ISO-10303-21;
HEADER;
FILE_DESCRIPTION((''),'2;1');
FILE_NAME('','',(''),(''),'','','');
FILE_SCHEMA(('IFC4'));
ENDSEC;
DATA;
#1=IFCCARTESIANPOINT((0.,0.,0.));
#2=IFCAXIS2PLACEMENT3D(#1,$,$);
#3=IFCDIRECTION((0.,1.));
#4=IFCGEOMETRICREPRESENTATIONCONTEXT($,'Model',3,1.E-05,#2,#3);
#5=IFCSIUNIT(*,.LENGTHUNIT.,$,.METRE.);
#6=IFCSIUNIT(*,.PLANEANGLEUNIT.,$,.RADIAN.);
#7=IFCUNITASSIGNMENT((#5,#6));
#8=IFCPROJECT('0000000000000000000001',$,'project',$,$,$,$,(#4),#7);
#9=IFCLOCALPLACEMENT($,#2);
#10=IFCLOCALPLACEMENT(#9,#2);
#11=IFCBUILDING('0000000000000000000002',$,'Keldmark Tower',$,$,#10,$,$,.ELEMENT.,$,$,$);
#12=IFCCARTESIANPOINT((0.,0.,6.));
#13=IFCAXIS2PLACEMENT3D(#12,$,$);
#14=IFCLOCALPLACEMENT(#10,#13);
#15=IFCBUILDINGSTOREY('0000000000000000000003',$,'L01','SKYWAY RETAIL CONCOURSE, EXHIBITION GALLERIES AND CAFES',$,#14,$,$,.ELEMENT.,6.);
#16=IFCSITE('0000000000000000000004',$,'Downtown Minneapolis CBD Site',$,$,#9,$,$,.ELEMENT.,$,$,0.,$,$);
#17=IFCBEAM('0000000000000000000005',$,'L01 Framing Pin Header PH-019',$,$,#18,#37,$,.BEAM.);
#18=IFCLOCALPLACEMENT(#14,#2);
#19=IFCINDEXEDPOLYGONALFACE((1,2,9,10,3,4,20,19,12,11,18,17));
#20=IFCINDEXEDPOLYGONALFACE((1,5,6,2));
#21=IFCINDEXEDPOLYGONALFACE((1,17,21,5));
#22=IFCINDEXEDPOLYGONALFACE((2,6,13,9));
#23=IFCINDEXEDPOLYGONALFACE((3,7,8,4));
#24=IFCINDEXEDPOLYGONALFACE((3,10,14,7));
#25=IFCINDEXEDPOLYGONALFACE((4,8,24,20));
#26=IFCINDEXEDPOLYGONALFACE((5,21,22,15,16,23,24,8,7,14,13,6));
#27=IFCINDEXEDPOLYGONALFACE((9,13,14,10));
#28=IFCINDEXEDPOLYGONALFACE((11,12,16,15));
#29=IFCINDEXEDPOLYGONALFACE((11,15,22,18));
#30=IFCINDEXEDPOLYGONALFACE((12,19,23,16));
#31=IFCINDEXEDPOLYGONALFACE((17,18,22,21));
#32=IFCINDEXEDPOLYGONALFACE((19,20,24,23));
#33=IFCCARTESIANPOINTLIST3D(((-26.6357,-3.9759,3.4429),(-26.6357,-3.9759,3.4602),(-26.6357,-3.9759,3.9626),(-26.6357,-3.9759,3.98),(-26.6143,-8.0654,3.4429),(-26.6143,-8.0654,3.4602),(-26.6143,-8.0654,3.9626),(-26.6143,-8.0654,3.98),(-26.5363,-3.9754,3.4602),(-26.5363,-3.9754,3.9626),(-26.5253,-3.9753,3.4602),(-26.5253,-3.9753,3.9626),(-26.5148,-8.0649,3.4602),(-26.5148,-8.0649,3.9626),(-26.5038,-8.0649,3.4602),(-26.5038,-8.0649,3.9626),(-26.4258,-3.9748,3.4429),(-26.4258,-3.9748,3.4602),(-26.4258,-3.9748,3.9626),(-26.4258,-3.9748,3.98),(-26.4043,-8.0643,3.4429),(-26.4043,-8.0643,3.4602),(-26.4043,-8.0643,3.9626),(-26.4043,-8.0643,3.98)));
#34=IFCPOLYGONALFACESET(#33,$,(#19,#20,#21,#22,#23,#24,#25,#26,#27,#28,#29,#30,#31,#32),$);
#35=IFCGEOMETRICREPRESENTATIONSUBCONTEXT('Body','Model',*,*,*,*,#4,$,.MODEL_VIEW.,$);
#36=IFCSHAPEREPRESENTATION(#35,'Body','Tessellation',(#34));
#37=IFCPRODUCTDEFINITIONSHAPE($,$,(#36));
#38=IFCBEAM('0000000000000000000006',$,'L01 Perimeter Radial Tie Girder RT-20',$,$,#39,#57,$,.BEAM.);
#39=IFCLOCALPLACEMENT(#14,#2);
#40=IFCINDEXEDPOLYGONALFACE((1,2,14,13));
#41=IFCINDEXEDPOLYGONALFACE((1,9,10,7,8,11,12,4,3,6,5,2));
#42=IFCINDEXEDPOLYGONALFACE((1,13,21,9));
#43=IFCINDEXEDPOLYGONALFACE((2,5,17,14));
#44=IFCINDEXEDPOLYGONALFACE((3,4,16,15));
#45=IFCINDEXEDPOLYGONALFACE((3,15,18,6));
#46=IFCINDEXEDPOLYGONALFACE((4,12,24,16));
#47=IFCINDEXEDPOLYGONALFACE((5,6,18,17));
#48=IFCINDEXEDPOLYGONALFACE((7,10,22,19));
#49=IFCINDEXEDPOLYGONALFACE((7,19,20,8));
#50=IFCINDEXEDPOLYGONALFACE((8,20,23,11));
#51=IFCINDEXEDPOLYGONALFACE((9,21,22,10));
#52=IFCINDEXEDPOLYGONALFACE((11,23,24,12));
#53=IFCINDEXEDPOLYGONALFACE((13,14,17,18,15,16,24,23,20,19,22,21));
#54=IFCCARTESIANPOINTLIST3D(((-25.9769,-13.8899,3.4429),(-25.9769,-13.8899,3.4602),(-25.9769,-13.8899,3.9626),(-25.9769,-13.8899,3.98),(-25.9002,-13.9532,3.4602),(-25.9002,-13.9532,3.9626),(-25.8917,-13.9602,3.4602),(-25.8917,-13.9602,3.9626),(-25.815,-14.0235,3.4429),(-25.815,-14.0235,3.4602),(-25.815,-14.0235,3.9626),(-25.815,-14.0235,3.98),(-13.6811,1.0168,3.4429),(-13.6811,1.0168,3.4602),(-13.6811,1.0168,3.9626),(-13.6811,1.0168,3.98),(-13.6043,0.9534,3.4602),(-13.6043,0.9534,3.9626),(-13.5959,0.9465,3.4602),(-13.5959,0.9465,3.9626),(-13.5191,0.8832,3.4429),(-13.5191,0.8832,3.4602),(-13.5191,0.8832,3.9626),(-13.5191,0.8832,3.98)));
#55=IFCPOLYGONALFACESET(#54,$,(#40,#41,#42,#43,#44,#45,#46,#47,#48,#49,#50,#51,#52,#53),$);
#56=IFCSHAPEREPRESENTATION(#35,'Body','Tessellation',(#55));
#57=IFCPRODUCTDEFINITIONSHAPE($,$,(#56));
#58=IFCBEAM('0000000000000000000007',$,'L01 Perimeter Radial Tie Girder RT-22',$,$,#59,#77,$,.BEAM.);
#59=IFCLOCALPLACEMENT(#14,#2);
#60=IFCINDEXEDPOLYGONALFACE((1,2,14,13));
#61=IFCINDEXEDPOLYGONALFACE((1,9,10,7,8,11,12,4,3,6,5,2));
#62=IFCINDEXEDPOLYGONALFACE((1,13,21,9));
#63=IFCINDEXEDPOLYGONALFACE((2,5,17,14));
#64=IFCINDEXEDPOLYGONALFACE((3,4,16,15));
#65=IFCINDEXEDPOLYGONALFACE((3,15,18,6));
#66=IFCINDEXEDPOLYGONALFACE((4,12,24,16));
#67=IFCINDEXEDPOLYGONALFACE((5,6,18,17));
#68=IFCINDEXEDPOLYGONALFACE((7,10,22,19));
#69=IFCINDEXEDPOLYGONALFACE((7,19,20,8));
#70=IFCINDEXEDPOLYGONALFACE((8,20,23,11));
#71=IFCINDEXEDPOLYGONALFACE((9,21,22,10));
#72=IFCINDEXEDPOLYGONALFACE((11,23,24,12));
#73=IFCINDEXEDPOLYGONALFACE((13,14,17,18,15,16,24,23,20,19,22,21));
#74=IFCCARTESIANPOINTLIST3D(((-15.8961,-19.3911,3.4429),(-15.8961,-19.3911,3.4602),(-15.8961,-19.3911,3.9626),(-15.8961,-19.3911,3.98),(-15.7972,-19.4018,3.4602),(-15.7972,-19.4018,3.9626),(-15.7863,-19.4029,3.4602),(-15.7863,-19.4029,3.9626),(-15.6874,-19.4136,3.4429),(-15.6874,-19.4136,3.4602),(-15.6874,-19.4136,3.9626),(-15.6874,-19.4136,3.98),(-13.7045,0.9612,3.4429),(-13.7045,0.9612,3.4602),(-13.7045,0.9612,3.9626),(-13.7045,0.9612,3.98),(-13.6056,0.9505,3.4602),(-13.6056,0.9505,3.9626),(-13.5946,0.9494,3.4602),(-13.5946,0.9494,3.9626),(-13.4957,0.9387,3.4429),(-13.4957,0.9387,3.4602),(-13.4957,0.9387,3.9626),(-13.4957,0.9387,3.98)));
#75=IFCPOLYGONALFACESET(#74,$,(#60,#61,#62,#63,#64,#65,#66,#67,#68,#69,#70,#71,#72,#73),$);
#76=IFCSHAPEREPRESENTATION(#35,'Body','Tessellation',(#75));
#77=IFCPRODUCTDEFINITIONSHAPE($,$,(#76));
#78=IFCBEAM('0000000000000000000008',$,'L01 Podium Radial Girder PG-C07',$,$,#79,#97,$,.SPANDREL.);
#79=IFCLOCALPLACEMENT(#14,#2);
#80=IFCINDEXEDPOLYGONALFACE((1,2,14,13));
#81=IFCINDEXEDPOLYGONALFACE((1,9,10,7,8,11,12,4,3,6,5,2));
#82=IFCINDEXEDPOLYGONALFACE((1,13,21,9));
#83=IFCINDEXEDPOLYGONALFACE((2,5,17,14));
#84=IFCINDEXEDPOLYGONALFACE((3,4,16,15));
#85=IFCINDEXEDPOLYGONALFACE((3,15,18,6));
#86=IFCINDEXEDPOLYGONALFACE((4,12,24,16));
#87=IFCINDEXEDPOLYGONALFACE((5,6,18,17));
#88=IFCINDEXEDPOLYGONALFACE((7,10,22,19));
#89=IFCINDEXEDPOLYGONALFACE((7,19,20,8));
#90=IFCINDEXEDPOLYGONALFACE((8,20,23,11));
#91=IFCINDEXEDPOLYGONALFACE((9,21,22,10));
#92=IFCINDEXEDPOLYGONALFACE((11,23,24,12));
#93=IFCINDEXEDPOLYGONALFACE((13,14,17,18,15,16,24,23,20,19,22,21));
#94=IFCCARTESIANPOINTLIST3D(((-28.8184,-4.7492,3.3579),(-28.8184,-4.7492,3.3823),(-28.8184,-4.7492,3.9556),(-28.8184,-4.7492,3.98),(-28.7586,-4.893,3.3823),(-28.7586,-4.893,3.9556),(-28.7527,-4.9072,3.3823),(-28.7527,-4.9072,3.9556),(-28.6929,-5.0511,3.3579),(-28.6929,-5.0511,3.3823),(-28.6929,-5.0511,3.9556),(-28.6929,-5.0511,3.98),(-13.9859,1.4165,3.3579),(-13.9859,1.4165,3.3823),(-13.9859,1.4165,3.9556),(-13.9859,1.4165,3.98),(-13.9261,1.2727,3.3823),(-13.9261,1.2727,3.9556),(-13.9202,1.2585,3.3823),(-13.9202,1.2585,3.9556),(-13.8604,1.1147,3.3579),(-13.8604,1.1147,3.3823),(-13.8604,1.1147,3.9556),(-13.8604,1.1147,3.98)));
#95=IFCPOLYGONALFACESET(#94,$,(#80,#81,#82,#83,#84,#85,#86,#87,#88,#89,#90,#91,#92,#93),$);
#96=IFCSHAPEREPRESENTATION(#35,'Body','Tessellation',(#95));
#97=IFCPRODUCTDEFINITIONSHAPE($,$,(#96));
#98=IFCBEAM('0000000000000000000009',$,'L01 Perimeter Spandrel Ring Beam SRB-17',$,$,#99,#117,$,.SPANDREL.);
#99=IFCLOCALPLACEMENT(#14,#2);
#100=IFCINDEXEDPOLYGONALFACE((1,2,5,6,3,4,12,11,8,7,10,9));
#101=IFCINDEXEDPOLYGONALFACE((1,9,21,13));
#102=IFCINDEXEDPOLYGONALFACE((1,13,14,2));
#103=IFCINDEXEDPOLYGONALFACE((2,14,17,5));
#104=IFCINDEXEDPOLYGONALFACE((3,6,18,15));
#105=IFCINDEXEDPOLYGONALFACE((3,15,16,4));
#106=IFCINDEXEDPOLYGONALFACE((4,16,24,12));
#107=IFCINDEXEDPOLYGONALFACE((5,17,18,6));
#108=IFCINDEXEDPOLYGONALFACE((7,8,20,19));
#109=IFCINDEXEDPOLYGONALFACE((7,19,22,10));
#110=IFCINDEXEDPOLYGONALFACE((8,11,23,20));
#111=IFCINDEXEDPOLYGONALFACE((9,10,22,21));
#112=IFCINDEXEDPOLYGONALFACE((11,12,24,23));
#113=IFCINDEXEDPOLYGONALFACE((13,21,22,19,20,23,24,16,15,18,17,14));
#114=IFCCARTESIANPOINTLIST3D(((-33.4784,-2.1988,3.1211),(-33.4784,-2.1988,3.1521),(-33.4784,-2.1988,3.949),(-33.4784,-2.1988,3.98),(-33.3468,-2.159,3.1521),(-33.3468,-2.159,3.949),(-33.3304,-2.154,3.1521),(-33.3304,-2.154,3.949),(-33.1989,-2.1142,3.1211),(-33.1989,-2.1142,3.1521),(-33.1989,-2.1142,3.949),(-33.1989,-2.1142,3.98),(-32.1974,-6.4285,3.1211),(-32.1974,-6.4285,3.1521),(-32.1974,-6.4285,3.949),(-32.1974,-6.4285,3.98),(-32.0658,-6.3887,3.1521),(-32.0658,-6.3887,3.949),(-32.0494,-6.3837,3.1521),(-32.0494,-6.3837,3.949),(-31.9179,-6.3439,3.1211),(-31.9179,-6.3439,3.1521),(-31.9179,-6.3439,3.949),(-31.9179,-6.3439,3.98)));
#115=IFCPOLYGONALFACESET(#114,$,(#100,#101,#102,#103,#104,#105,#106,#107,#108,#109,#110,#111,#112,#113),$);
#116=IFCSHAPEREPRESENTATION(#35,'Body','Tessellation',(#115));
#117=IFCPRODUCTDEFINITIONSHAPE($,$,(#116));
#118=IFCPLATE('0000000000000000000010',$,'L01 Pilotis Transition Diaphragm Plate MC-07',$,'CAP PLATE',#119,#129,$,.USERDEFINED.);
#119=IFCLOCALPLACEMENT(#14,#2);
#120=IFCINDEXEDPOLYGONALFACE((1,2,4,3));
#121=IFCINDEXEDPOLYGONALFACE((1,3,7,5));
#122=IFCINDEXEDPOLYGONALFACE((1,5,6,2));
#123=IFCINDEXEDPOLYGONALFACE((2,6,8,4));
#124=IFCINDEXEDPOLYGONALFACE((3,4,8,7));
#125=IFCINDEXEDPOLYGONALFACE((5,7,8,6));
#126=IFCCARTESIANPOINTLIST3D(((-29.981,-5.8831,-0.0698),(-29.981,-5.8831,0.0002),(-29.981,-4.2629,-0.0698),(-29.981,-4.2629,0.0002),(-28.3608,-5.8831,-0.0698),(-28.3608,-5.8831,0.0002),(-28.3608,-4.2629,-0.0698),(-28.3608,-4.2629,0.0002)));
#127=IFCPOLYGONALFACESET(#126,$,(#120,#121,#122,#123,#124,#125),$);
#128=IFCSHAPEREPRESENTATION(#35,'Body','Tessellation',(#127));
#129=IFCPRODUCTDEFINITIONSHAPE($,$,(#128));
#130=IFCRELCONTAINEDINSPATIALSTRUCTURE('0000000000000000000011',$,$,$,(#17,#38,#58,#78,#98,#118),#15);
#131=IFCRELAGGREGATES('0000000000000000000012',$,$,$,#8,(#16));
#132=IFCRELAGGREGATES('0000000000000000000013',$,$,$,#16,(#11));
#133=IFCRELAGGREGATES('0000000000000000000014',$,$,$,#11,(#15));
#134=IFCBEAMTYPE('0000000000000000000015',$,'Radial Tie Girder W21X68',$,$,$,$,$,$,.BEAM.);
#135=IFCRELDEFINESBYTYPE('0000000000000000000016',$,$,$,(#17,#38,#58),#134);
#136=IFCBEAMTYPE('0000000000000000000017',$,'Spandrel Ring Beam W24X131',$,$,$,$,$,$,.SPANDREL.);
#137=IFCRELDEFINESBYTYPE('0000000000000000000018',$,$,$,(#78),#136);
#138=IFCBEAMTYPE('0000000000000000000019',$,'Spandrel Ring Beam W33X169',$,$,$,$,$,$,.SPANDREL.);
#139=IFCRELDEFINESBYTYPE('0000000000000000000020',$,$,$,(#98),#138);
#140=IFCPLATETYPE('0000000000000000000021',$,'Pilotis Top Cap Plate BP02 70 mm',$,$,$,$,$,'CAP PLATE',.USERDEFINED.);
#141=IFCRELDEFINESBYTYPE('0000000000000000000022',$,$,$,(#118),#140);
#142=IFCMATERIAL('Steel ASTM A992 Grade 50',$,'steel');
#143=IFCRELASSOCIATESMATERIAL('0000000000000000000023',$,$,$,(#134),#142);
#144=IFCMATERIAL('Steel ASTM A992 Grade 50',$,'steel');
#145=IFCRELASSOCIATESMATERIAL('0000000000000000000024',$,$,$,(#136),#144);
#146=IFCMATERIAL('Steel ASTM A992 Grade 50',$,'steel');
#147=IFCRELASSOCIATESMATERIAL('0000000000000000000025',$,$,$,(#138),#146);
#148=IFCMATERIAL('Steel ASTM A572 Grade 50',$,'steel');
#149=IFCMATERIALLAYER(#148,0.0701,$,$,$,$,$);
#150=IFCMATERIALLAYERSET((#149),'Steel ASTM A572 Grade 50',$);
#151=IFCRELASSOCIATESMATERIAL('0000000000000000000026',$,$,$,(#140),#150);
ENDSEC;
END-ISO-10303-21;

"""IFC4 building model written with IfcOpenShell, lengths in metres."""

from ifc_helpers import new_model, si_unit, direction, frame, origin, origin_2d, place, context, subcontext, project, spatial, rectangle, i_section, extrude, material, layer, layer_set, material_profile, profile_set, type_object, element, save


model = new_model("IFC4")

# Units and contexts
model_context = context("Model", 3, precision=1e-05, world=origin(), true_north=direction((0.0, 1.0)))
body_context = subcontext(model_context, "Body", "Model", "MODEL_VIEW")
ifc_project = project(units=[si_unit("LENGTHUNIT", "METRE"), si_unit("PLANEANGLEUNIT", "RADIAN")], contexts=[model_context])

# Site, building, storey
site_placement = place(None, origin())
site = spatial("IfcSite", under=ifc_project, at=site_placement, Name="Downtown Minneapolis CBD Site", CompositionType="ELEMENT", RefElevation=0.0)
building_placement = place(site_placement, origin())
building = spatial("IfcBuilding", under=site, at=building_placement, Name="Keldmark Tower", CompositionType="ELEMENT")
storey_placement = place(building_placement, frame((0.0, 0.0, 6.0)))
storey = spatial("IfcBuildingStorey", under=building, at=storey_placement, Name="L01", Description="SKYWAY RETAIL CONCOURSE, EXHIBITION GALLERIES AND CAFES", CompositionType="ELEMENT", Elevation=6.0)

# Beams
ifc_material_1 = material(Name="Steel ASTM A992 Grade 50", Category="steel")
ifc_material_profile_1 = material_profile(ifc_material_1, i_section(OverallWidth=0.21, OverallDepth=0.5371, WebThickness=0.011, FlangeThickness=0.0173, at=origin_2d()), Name="W21X68")
ifc_profile_set_1 = profile_set([ifc_material_profile_1], Name="Steel ASTM A992 Grade 50")
beam_type_1 = type_object("IfcBeamType", Name="Radial Tie Girder W21X68", PredefinedType="BEAM", material=ifc_profile_set_1)
beam_1_placement = place(storey_placement, frame((-26.5308, -3.9753, 3.7114), z_axis=(0.005253, -0.999986, 0.0), x_axis=(0.999986, 0.005253, 0.0)))
element("IfcBeam", 1, at=beam_1_placement, inside=storey, type_object=beam_type_1, Name="L01 Framing Pin Header PH-019", PredefinedType="BEAM", context=body_context, shape_type="SweptSolid", body=[
    extrude(i_section(OverallWidth=0.21, OverallDepth=0.5371, WebThickness=0.011, FlangeThickness=0.0173, at=origin_2d()), origin(), (0.0, 0.0, 1.0), 4.0896),
])
beam_2_placement = place(storey_placement, frame((-13.6001, 0.95, 3.7114), z_axis=(-0.636316, -0.771428, 0.0), x_axis=(0.771428, -0.636316, 0.0)))
element("IfcBeam", 2, at=beam_2_placement, inside=storey, type_object=beam_type_1, Name="L01 Perimeter Radial Tie Girder RT-20", PredefinedType="BEAM", context=body_context, shape_type="SweptSolid", body=[
    extrude(i_section(OverallWidth=0.21, OverallDepth=0.5371, WebThickness=0.011, FlangeThickness=0.0173, at=origin_2d()), origin(), (0.0, 0.0, 1.0), 19.3235),
])
beam_3_placement = place(storey_placement, frame((-13.6001, 0.95, 3.7114), z_axis=(-0.107067, -0.994252, 0.0), x_axis=(0.994252, -0.107067, 0.0)))
element("IfcBeam", 3, at=beam_3_placement, inside=storey, type_object=beam_type_1, Name="L01 Perimeter Radial Tie Girder RT-22", PredefinedType="BEAM", context=body_context, shape_type="SweptSolid", body=[
    extrude(i_section(OverallWidth=0.21, OverallDepth=0.5371, WebThickness=0.011, FlangeThickness=0.0173, at=origin_2d()), origin(), (0.0, 0.0, 1.0), 20.47),
])
ifc_material_2 = material(Name="Steel ASTM A992 Grade 50", Category="steel")
ifc_material_profile_2 = material_profile(ifc_material_2, i_section(OverallWidth=0.3269, OverallDepth=0.6221, WebThickness=0.0154, FlangeThickness=0.0244, at=origin_2d()), Name="W24X131")
ifc_profile_set_2 = profile_set([ifc_material_profile_2], Name="Steel ASTM A992 Grade 50")
beam_type_2 = type_object("IfcBeamType", Name="Spandrel Ring Beam W24X131", PredefinedType="SPANDREL", material=ifc_profile_set_2)
beam_4_placement = place(storey_placement, frame((-28.7556, -4.9001, 3.6689), z_axis=(0.923396, 0.383849, 0.0), x_axis=(-0.383849, 0.923396, 0.0)))
element("IfcBeam", 4, at=beam_4_placement, inside=storey, type_object=beam_type_2, Name="L01 Podium Radial Girder PG-C07", PredefinedType="SPANDREL", context=body_context, shape_type="SweptSolid", body=[
    extrude(i_section(OverallWidth=0.3269, OverallDepth=0.6221, WebThickness=0.0154, FlangeThickness=0.0244, at=origin_2d()), origin(), (0.0, 0.0, 1.0), 16.063),
])
ifc_material_3 = material(Name="Steel ASTM A992 Grade 50", Category="steel")
ifc_material_profile_3 = material_profile(ifc_material_3, i_section(OverallWidth=0.292, OverallDepth=0.8589, WebThickness=0.0171, FlangeThickness=0.031, at=origin_2d()), Name="W33X169")
ifc_profile_set_3 = profile_set([ifc_material_profile_3], Name="Steel ASTM A992 Grade 50")
beam_type_3 = type_object("IfcBeamType", Name="Spandrel Ring Beam W33X169", PredefinedType="SPANDREL", material=ifc_profile_set_3)
beam_5_placement = place(storey_placement, frame((-33.3386, -2.1565, 3.5505), z_axis=(0.289856, -0.95707, 0.0), x_axis=(0.95707, 0.289856, 0.0)))
element("IfcBeam", 5, at=beam_5_placement, inside=storey, type_object=beam_type_3, Name="L01 Perimeter Spandrel Ring Beam SRB-17", PredefinedType="SPANDREL", context=body_context, shape_type="SweptSolid", body=[
    extrude(i_section(OverallWidth=0.292, OverallDepth=0.8589, WebThickness=0.0171, FlangeThickness=0.031, at=origin_2d()), origin(), (0.0, 0.0, 1.0), 4.4194),
])

# Plate
ifc_material_4 = material(Name="Steel ASTM A572 Grade 50", Category="steel")
ifc_layer_1 = layer(ifc_material_4, 0.0701)
ifc_layer_set_1 = layer_set([ifc_layer_1], Name="Steel ASTM A572 Grade 50")
plate_type = type_object("IfcPlateType", Name="Pilotis Top Cap Plate BP02 70 mm", ElementType="CAP PLATE", PredefinedType="USERDEFINED", material=ifc_layer_set_1)
plate_placement = place(storey_placement, frame((-29.1709, -5.073, -0.0698), z_axis=(0.0, 0.0, 1.0), x_axis=(1.0, 0.0, 0.0)))
element("IfcPlate", 6, at=plate_placement, inside=storey, type_object=plate_type, Name="L01 Pilotis Transition Diaphragm Plate MC-07", ObjectType="CAP PLATE", PredefinedType="USERDEFINED", context=body_context, shape_type="SweptSolid", body=[
    extrude(rectangle(XDim=1.6201, YDim=1.6201, at=origin_2d()), origin(), (0.0, 0.0, 1.0), 0.0701),
])

save(model, "model.ifc")
